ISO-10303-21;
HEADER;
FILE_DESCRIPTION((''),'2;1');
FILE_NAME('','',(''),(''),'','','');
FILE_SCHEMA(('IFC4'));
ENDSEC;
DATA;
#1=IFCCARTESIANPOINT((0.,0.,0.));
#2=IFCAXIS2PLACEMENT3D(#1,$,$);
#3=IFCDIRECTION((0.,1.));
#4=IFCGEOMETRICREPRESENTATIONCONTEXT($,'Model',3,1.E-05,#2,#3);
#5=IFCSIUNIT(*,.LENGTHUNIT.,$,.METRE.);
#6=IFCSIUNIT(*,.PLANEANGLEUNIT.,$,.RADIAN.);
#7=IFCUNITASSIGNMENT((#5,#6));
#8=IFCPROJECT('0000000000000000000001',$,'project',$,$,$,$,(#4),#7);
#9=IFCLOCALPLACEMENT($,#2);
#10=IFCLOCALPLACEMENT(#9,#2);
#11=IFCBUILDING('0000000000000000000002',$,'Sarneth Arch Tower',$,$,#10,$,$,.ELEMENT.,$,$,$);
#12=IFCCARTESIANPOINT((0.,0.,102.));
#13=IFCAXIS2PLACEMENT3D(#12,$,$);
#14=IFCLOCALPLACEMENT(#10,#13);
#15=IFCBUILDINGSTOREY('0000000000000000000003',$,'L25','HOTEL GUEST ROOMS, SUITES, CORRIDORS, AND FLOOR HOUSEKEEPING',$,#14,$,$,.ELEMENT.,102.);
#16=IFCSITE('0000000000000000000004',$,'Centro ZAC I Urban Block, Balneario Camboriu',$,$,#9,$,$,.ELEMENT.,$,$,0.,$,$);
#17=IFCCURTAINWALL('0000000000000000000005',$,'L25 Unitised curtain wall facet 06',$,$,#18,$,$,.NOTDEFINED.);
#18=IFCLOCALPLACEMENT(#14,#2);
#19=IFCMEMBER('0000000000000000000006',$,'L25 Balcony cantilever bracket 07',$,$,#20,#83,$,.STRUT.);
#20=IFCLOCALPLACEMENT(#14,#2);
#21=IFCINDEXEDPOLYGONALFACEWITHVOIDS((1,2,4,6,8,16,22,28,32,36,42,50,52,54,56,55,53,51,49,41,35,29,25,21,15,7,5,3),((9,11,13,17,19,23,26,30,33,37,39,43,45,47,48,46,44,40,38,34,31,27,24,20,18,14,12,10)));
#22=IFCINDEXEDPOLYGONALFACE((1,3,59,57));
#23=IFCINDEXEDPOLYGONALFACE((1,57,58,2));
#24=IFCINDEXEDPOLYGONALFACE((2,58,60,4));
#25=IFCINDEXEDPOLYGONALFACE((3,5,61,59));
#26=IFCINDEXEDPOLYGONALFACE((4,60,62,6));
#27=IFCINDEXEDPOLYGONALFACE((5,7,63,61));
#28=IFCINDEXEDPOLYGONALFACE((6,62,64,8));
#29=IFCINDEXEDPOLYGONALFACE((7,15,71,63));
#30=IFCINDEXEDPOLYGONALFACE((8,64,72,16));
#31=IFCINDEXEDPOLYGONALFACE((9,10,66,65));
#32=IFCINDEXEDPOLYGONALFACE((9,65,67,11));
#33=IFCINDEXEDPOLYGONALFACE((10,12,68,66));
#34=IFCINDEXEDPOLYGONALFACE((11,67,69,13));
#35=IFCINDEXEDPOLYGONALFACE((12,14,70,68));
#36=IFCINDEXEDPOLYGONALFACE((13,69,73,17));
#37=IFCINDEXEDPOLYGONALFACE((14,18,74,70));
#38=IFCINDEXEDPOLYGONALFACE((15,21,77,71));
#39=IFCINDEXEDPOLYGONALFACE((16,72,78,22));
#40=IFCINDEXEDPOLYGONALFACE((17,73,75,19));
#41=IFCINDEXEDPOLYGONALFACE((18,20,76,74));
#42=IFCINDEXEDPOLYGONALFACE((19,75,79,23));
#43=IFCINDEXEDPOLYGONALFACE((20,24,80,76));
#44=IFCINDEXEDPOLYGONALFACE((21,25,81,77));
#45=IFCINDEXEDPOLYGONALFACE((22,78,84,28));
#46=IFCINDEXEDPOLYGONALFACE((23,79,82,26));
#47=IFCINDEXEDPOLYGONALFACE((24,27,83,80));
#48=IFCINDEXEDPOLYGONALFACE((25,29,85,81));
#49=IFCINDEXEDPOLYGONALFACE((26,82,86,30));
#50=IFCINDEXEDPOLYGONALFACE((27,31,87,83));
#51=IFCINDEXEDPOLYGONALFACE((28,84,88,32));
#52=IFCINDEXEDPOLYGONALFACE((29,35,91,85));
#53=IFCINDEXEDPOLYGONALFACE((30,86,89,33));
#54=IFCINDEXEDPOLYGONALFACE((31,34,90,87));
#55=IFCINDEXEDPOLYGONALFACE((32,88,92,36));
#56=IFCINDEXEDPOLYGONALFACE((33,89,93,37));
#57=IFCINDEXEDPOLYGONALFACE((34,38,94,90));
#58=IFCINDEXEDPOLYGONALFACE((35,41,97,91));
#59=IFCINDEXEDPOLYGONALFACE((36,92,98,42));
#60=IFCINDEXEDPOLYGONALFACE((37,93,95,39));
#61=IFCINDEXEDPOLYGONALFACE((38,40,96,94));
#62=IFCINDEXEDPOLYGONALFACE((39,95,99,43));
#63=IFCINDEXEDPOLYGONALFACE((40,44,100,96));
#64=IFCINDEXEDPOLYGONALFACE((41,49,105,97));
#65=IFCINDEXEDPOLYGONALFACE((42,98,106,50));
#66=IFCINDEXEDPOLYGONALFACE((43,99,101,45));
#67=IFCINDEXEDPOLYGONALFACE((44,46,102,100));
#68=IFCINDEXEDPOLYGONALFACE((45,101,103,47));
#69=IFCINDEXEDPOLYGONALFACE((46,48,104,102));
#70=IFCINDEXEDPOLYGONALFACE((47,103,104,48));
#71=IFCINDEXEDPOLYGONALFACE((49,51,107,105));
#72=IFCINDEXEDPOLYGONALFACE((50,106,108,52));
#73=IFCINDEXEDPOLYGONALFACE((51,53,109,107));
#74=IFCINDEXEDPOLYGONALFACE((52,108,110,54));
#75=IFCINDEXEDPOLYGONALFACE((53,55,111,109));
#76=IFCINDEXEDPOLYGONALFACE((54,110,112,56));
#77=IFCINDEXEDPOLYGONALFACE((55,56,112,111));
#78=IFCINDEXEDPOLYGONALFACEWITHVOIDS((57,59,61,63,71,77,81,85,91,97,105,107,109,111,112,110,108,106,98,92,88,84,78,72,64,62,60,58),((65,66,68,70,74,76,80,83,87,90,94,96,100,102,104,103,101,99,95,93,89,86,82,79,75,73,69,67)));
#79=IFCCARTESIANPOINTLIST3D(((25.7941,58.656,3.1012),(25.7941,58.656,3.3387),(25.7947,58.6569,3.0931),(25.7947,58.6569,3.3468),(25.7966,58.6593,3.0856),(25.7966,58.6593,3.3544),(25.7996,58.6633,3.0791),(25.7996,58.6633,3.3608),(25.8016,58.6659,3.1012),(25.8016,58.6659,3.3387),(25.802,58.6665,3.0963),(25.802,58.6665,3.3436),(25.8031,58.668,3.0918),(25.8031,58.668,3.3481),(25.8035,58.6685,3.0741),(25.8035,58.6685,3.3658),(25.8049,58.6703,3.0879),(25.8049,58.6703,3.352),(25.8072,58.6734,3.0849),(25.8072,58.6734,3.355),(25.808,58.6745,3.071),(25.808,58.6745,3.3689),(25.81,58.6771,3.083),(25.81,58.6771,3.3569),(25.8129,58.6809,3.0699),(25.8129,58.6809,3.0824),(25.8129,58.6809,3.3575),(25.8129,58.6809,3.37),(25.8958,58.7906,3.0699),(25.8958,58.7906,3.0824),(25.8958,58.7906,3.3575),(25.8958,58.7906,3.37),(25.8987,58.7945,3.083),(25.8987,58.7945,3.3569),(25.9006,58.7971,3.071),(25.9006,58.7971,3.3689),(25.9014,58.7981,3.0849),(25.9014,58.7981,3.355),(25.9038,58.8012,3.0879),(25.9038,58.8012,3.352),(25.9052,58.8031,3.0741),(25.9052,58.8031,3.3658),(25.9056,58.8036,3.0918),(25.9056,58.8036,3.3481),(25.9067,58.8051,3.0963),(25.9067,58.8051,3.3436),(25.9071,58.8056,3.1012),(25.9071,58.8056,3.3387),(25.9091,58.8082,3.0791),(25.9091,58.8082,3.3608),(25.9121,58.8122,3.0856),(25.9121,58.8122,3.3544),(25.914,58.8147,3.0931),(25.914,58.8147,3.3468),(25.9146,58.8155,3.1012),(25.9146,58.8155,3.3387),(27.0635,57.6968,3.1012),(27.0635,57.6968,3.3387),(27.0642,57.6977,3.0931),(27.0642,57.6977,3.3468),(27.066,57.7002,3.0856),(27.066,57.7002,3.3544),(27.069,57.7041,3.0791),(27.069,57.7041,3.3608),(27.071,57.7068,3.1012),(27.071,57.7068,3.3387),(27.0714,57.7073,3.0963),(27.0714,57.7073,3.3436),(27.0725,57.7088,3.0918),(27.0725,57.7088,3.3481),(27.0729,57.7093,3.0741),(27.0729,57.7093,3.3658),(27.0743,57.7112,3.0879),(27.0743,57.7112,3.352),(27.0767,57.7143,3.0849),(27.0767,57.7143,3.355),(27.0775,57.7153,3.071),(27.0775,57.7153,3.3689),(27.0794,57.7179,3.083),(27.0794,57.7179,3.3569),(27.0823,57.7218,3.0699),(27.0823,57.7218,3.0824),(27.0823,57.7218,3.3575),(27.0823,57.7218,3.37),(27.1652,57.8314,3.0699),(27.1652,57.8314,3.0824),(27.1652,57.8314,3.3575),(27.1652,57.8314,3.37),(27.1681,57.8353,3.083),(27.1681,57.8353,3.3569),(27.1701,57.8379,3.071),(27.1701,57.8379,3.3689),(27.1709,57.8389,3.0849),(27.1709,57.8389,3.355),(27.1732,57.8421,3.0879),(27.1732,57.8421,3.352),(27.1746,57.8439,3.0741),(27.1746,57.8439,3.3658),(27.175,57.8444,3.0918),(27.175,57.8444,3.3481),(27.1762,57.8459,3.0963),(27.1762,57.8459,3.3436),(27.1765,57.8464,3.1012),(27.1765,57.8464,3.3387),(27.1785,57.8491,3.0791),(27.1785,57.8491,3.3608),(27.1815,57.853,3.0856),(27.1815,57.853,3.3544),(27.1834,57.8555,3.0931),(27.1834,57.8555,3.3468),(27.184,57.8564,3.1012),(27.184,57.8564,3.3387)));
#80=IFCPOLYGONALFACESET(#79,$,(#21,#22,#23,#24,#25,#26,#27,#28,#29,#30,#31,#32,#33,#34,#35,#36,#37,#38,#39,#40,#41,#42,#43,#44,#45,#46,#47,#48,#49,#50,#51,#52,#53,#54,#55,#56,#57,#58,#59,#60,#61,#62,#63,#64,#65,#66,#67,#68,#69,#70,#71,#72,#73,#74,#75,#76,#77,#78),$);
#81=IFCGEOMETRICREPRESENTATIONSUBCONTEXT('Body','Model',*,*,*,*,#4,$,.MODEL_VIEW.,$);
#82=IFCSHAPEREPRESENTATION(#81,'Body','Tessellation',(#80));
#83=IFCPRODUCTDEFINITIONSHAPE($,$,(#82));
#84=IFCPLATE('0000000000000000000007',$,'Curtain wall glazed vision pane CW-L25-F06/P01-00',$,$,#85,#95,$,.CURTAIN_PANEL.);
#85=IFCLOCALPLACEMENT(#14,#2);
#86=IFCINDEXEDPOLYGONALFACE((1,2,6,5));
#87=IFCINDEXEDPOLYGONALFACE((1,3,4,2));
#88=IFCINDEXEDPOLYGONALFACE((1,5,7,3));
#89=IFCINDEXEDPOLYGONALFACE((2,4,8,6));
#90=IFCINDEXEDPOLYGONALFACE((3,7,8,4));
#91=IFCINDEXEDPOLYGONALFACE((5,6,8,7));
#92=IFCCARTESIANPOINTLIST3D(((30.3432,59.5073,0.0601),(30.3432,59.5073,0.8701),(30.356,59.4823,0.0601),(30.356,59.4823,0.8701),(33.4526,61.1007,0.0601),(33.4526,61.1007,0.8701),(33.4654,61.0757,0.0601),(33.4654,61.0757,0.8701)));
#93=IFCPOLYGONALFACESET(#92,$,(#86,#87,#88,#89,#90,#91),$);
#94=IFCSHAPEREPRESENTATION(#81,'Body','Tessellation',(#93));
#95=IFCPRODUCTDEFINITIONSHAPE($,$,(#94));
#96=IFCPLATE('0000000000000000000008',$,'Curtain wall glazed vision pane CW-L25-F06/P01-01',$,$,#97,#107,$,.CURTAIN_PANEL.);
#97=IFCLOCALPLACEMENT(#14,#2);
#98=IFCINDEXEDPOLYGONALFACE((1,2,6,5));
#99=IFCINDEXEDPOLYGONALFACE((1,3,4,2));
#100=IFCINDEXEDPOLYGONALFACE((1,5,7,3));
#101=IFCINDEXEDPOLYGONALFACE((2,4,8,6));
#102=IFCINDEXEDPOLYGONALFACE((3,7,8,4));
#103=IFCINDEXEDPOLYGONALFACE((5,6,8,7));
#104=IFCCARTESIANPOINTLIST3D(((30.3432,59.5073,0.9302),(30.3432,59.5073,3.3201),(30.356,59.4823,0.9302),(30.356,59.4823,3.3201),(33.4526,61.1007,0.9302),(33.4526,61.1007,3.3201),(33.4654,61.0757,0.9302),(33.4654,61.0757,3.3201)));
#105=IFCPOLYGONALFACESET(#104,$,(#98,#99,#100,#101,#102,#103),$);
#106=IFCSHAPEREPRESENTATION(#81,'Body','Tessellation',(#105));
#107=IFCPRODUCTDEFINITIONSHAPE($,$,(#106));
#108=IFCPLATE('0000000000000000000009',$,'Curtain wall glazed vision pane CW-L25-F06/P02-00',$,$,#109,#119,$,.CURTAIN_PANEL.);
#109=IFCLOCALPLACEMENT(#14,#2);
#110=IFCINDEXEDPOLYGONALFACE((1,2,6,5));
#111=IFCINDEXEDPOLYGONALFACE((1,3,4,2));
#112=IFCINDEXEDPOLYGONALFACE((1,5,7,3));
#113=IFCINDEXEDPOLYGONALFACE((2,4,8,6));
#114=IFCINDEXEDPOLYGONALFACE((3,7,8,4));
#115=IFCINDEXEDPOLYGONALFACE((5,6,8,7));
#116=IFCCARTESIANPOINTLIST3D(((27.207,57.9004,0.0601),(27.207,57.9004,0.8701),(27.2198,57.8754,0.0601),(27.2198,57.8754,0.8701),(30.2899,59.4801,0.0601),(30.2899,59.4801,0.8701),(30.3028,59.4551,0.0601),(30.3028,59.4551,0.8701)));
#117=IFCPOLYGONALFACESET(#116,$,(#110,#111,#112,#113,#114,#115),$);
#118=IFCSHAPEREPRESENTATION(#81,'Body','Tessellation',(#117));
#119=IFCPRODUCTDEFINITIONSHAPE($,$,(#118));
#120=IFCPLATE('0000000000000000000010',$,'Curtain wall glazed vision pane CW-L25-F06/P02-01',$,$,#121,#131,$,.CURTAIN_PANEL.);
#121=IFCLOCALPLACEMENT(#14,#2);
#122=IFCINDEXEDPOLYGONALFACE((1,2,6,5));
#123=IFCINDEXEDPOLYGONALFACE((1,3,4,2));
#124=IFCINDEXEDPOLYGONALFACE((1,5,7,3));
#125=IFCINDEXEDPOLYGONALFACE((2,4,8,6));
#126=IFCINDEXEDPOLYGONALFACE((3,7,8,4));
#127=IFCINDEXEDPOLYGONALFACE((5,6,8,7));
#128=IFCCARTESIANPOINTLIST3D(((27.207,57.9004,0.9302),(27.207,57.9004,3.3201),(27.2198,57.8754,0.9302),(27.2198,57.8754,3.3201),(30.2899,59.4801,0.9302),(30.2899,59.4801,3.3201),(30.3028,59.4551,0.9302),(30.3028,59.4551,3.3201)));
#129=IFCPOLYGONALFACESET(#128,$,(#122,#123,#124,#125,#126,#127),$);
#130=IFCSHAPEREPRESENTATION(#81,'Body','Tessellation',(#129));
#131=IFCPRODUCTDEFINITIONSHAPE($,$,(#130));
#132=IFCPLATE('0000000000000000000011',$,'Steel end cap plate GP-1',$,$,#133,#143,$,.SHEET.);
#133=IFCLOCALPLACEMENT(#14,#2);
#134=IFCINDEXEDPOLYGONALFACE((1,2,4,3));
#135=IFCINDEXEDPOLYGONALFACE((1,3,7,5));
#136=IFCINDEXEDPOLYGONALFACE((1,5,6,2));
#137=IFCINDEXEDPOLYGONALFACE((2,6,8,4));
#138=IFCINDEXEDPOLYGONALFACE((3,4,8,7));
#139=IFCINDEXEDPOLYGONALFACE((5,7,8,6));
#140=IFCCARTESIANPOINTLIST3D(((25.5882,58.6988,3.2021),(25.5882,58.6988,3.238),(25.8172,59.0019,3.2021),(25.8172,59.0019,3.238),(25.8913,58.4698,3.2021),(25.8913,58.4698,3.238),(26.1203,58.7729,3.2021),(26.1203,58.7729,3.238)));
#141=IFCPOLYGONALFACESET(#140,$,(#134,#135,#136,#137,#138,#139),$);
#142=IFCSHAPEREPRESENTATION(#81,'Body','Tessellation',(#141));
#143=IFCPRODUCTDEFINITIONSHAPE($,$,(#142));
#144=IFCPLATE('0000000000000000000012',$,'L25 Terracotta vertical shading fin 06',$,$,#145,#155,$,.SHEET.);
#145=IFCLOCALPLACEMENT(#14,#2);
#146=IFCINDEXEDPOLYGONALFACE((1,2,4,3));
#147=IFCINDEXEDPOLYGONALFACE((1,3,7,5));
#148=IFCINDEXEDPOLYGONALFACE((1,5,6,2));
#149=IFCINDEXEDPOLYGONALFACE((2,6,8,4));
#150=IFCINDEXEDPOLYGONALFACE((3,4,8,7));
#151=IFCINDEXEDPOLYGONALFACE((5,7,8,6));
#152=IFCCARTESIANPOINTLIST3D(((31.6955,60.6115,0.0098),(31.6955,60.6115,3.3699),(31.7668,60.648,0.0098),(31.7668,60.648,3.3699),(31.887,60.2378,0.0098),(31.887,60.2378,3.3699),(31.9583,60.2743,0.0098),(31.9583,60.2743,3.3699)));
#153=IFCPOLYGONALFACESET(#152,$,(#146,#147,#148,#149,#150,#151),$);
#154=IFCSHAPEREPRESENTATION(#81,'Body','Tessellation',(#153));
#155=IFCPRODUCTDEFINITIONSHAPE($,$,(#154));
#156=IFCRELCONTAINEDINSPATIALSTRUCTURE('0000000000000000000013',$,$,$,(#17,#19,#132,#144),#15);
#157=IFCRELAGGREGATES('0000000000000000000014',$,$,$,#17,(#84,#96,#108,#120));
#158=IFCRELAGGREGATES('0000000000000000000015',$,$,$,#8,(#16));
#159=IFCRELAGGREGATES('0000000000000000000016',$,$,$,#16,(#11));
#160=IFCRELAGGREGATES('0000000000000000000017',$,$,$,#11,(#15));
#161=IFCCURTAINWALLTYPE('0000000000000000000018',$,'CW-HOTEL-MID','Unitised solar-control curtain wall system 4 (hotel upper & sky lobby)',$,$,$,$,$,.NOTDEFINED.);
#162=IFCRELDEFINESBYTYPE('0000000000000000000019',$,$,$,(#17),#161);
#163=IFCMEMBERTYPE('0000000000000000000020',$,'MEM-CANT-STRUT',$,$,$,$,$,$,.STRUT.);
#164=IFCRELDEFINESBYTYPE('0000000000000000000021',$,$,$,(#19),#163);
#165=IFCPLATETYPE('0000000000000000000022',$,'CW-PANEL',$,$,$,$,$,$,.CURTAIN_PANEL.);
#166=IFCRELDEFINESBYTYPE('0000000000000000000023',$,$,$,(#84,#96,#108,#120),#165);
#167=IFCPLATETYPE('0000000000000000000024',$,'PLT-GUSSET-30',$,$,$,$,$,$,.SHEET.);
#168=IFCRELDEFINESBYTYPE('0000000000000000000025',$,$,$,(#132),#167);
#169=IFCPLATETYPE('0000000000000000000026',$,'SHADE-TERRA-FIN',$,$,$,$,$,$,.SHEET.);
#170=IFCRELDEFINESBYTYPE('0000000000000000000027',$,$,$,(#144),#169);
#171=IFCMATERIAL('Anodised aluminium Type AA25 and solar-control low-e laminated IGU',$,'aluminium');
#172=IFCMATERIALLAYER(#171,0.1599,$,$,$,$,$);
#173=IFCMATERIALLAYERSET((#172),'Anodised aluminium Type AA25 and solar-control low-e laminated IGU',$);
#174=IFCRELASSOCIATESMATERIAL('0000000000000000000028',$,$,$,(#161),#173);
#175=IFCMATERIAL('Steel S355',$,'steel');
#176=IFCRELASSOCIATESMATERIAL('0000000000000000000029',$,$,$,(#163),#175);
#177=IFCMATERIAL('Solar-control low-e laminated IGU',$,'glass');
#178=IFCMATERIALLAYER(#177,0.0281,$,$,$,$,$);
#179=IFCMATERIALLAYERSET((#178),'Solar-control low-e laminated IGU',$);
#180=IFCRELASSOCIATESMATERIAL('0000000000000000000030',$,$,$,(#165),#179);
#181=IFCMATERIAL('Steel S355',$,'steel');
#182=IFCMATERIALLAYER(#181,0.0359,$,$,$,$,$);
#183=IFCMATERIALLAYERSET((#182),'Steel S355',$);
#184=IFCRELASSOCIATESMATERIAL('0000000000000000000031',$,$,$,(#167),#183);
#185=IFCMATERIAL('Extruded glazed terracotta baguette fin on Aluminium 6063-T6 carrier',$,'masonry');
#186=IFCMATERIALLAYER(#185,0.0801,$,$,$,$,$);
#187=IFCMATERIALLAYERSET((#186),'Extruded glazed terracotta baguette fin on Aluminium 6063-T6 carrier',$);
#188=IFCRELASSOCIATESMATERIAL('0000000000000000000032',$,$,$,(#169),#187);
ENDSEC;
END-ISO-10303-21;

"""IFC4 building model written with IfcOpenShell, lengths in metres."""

from ifc_helpers import new_model, si_unit, direction, frame, origin, origin_2d, place, context, subcontext, project, spatial, rectangle, hollow_rectangle, extrude, material, layer, layer_set, material_profile, profile_set, type_object, element, aggregate, save


model = new_model("IFC4")

# Units and contexts
model_context = context("Model", 3, precision=1e-05, world=origin(), true_north=direction((0.0, 1.0)))
body_context = subcontext(model_context, "Body", "Model", "MODEL_VIEW")
ifc_project = project(units=[si_unit("LENGTHUNIT", "METRE"), si_unit("PLANEANGLEUNIT", "RADIAN")], contexts=[model_context])

# Site, building, storey
site_placement = place(None, origin())
site = spatial("IfcSite", under=ifc_project, at=site_placement, Name="Centro ZAC I Urban Block, Balneario Camboriu", CompositionType="ELEMENT", RefElevation=0.0)
building_placement = place(site_placement, origin())
building = spatial("IfcBuilding", under=site, at=building_placement, Name="Sarneth Arch Tower", CompositionType="ELEMENT")
storey_placement = place(building_placement, frame((0.0, 0.0, 102.0)))
storey = spatial("IfcBuildingStorey", under=building, at=storey_placement, Name="L25", Description="HOTEL GUEST ROOMS, SUITES, CORRIDORS, AND FLOOR HOUSEKEEPING", CompositionType="ELEMENT", Elevation=102.0)

# Curtain wall
ifc_material_1 = material(Name="Anodised aluminium Type AA25 and solar-control low-e laminated IGU", Category="aluminium")
ifc_layer_1 = layer(ifc_material_1, 0.1599)
ifc_layer_set_1 = layer_set([ifc_layer_1], Name="Anodised aluminium Type AA25 and solar-control low-e laminated IGU")
curtain_wall_type = type_object("IfcCurtainWallType", Name="CW-HOTEL-MID", Description="Unitised solar-control curtain wall system 4 (hotel upper & sky lobby)", PredefinedType="NOTDEFINED", material=ifc_layer_set_1)
curtain_wall_placement = place(storey_placement, origin())
curtain_wall = element("IfcCurtainWall", 1, at=curtain_wall_placement, inside=storey, type_object=curtain_wall_type, Name="L25 Unitised curtain wall facet 06", PredefinedType="NOTDEFINED")

# Member
ifc_material_2 = material(Name="Steel S355", Category="steel")
ifc_material_profile_1 = material_profile(ifc_material_2, hollow_rectangle(XDim=0.2, YDim=0.3, WallThickness=0.0125, InnerFilletRadius=0.0188, OuterFilletRadius=0.0312, at=origin_2d()), Name="RHS300x200x12.5")
ifc_profile_set_1 = profile_set([ifc_material_profile_1], Name="Steel S355")
member_type_1 = type_object("IfcMemberType", Name="MEM-CANT-STRUT", PredefinedType="STRUT", material=ifc_profile_set_1)
member_1_placement = place(storey_placement, frame((27.1238, 57.7766, 3.22), z_axis=(-0.797859, 0.602844, 0.0), x_axis=(-0.602844, -0.797859, 0.0)))
element("IfcMember", 2, at=member_1_placement, inside=storey, type_object=member_type_1, Name="L25 Balcony cantilever bracket 07", PredefinedType="STRUT", context=body_context, shape_type="SweptSolid", body=[
    extrude(hollow_rectangle(XDim=0.2, YDim=0.3, WallThickness=0.0125, InnerFilletRadius=0.0188, OuterFilletRadius=0.0312, at=origin_2d()), origin(), (0.0, 0.0, 1.0), 1.5911),
])

# Plates
ifc_material_3 = material(Name="Solar-control low-e laminated IGU", Category="glass")
ifc_layer_2 = layer(ifc_material_3, 0.0281)
ifc_layer_set_2 = layer_set([ifc_layer_2], Name="Solar-control low-e laminated IGU")
plate_type_1 = type_object("IfcPlateType", Name="CW-PANEL", PredefinedType="CURTAIN_PANEL", material=ifc_layer_set_2)
plate_1_placement = place(storey_placement, frame((31.9043, 60.2915, 0.0601), z_axis=(0.0, 0.0, 1.0), x_axis=(-0.889964, -0.456031, 0.0)))
plate_1 = element("IfcPlate", 3, at=plate_1_placement, type_object=plate_type_1, Name="Curtain wall glazed vision pane CW-L25-F06/P01-00", PredefinedType="CURTAIN_PANEL", context=body_context, shape_type="SweptSolid", body=[
    extrude(rectangle(XDim=3.4939, YDim=0.0281, at=origin_2d()), origin(), (0.0, 0.0, 1.0), 0.8101),
])
plate_2_placement = place(storey_placement, frame((31.9043, 60.2915, 0.9302), z_axis=(0.0, 0.0, 1.0), x_axis=(-0.889964, -0.456031, 0.0)))
plate_2 = element("IfcPlate", 4, at=plate_2_placement, type_object=plate_type_1, Name="Curtain wall glazed vision pane CW-L25-F06/P01-01", PredefinedType="CURTAIN_PANEL", context=body_context, shape_type="SweptSolid", body=[
    extrude(rectangle(XDim=3.4939, YDim=0.0281, at=origin_2d()), origin(), (0.0, 0.0, 1.0), 2.3899),
])
plate_3_placement = place(storey_placement, frame((28.7549, 58.6777, 0.0601), z_axis=(0.0, 0.0, 1.0), x_axis=(-0.889964, -0.456031, 0.0)))
plate_3 = element("IfcPlate", 5, at=plate_3_placement, type_object=plate_type_1, Name="Curtain wall glazed vision pane CW-L25-F06/P02-00", PredefinedType="CURTAIN_PANEL", context=body_context, shape_type="SweptSolid", body=[
    extrude(rectangle(XDim=3.4641, YDim=0.0281, at=origin_2d()), origin(), (0.0, 0.0, 1.0), 0.8101),
])
plate_4_placement = place(storey_placement, frame((28.7549, 58.6777, 0.9302), z_axis=(0.0, 0.0, 1.0), x_axis=(-0.889964, -0.456031, 0.0)))
plate_4 = element("IfcPlate", 6, at=plate_4_placement, type_object=plate_type_1, Name="Curtain wall glazed vision pane CW-L25-F06/P02-01", PredefinedType="CURTAIN_PANEL", context=body_context, shape_type="SweptSolid", body=[
    extrude(rectangle(XDim=3.4641, YDim=0.0281, at=origin_2d()), origin(), (0.0, 0.0, 1.0), 2.3899),
])
aggregate(curtain_wall, [plate_1, plate_2, plate_3, plate_4])

# Plates
ifc_material_4 = material(Name="Steel S355", Category="steel")
ifc_layer_3 = layer(ifc_material_4, 0.0359)
ifc_layer_set_3 = layer_set([ifc_layer_3], Name="Steel S355")
plate_type_2 = type_object("IfcPlateType", Name="PLT-GUSSET-30", PredefinedType="SHEET", material=ifc_layer_set_3)
plate_5_placement = place(storey_placement, frame((25.8542, 58.7358, 3.2021), z_axis=(0.0, 0.0, 1.0), x_axis=(-0.797794, 0.60293, 0.0)))
element("IfcPlate", 7, at=plate_5_placement, inside=storey, type_object=plate_type_2, Name="Steel end cap plate GP-1", PredefinedType="SHEET", context=body_context, shape_type="SweptSolid", body=[
    extrude(rectangle(XDim=0.3799, YDim=0.3799, at=origin_2d()), origin(), (0.0, 0.0, 1.0), 0.0359),
])
ifc_material_5 = material(Name="Extruded glazed terracotta baguette fin on Aluminium 6063-T6 carrier", Category="masonry")
ifc_layer_4 = layer(ifc_material_5, 0.0801)
ifc_layer_set_4 = layer_set([ifc_layer_4], Name="Extruded glazed terracotta baguette fin on Aluminium 6063-T6 carrier")
plate_type_3 = type_object("IfcPlateType", Name="SHADE-TERRA-FIN", PredefinedType="SHEET", material=ifc_layer_set_4)
plate_6_placement = place(storey_placement, frame((31.8269, 60.4429, 0.0098), z_axis=(0.0, 0.0, 1.0), x_axis=(-0.456011, 0.889974, 0.0)))
element("IfcPlate", 8, at=plate_6_placement, inside=storey, type_object=plate_type_3, Name="L25 Terracotta vertical shading fin 06", PredefinedType="SHEET", context=body_context, shape_type="SweptSolid", body=[
    extrude(rectangle(XDim=0.4199, YDim=0.0801, at=origin_2d()), origin(), (0.0, 0.0, 1.0), 3.3601),
])

save(model, "model.ifc")
